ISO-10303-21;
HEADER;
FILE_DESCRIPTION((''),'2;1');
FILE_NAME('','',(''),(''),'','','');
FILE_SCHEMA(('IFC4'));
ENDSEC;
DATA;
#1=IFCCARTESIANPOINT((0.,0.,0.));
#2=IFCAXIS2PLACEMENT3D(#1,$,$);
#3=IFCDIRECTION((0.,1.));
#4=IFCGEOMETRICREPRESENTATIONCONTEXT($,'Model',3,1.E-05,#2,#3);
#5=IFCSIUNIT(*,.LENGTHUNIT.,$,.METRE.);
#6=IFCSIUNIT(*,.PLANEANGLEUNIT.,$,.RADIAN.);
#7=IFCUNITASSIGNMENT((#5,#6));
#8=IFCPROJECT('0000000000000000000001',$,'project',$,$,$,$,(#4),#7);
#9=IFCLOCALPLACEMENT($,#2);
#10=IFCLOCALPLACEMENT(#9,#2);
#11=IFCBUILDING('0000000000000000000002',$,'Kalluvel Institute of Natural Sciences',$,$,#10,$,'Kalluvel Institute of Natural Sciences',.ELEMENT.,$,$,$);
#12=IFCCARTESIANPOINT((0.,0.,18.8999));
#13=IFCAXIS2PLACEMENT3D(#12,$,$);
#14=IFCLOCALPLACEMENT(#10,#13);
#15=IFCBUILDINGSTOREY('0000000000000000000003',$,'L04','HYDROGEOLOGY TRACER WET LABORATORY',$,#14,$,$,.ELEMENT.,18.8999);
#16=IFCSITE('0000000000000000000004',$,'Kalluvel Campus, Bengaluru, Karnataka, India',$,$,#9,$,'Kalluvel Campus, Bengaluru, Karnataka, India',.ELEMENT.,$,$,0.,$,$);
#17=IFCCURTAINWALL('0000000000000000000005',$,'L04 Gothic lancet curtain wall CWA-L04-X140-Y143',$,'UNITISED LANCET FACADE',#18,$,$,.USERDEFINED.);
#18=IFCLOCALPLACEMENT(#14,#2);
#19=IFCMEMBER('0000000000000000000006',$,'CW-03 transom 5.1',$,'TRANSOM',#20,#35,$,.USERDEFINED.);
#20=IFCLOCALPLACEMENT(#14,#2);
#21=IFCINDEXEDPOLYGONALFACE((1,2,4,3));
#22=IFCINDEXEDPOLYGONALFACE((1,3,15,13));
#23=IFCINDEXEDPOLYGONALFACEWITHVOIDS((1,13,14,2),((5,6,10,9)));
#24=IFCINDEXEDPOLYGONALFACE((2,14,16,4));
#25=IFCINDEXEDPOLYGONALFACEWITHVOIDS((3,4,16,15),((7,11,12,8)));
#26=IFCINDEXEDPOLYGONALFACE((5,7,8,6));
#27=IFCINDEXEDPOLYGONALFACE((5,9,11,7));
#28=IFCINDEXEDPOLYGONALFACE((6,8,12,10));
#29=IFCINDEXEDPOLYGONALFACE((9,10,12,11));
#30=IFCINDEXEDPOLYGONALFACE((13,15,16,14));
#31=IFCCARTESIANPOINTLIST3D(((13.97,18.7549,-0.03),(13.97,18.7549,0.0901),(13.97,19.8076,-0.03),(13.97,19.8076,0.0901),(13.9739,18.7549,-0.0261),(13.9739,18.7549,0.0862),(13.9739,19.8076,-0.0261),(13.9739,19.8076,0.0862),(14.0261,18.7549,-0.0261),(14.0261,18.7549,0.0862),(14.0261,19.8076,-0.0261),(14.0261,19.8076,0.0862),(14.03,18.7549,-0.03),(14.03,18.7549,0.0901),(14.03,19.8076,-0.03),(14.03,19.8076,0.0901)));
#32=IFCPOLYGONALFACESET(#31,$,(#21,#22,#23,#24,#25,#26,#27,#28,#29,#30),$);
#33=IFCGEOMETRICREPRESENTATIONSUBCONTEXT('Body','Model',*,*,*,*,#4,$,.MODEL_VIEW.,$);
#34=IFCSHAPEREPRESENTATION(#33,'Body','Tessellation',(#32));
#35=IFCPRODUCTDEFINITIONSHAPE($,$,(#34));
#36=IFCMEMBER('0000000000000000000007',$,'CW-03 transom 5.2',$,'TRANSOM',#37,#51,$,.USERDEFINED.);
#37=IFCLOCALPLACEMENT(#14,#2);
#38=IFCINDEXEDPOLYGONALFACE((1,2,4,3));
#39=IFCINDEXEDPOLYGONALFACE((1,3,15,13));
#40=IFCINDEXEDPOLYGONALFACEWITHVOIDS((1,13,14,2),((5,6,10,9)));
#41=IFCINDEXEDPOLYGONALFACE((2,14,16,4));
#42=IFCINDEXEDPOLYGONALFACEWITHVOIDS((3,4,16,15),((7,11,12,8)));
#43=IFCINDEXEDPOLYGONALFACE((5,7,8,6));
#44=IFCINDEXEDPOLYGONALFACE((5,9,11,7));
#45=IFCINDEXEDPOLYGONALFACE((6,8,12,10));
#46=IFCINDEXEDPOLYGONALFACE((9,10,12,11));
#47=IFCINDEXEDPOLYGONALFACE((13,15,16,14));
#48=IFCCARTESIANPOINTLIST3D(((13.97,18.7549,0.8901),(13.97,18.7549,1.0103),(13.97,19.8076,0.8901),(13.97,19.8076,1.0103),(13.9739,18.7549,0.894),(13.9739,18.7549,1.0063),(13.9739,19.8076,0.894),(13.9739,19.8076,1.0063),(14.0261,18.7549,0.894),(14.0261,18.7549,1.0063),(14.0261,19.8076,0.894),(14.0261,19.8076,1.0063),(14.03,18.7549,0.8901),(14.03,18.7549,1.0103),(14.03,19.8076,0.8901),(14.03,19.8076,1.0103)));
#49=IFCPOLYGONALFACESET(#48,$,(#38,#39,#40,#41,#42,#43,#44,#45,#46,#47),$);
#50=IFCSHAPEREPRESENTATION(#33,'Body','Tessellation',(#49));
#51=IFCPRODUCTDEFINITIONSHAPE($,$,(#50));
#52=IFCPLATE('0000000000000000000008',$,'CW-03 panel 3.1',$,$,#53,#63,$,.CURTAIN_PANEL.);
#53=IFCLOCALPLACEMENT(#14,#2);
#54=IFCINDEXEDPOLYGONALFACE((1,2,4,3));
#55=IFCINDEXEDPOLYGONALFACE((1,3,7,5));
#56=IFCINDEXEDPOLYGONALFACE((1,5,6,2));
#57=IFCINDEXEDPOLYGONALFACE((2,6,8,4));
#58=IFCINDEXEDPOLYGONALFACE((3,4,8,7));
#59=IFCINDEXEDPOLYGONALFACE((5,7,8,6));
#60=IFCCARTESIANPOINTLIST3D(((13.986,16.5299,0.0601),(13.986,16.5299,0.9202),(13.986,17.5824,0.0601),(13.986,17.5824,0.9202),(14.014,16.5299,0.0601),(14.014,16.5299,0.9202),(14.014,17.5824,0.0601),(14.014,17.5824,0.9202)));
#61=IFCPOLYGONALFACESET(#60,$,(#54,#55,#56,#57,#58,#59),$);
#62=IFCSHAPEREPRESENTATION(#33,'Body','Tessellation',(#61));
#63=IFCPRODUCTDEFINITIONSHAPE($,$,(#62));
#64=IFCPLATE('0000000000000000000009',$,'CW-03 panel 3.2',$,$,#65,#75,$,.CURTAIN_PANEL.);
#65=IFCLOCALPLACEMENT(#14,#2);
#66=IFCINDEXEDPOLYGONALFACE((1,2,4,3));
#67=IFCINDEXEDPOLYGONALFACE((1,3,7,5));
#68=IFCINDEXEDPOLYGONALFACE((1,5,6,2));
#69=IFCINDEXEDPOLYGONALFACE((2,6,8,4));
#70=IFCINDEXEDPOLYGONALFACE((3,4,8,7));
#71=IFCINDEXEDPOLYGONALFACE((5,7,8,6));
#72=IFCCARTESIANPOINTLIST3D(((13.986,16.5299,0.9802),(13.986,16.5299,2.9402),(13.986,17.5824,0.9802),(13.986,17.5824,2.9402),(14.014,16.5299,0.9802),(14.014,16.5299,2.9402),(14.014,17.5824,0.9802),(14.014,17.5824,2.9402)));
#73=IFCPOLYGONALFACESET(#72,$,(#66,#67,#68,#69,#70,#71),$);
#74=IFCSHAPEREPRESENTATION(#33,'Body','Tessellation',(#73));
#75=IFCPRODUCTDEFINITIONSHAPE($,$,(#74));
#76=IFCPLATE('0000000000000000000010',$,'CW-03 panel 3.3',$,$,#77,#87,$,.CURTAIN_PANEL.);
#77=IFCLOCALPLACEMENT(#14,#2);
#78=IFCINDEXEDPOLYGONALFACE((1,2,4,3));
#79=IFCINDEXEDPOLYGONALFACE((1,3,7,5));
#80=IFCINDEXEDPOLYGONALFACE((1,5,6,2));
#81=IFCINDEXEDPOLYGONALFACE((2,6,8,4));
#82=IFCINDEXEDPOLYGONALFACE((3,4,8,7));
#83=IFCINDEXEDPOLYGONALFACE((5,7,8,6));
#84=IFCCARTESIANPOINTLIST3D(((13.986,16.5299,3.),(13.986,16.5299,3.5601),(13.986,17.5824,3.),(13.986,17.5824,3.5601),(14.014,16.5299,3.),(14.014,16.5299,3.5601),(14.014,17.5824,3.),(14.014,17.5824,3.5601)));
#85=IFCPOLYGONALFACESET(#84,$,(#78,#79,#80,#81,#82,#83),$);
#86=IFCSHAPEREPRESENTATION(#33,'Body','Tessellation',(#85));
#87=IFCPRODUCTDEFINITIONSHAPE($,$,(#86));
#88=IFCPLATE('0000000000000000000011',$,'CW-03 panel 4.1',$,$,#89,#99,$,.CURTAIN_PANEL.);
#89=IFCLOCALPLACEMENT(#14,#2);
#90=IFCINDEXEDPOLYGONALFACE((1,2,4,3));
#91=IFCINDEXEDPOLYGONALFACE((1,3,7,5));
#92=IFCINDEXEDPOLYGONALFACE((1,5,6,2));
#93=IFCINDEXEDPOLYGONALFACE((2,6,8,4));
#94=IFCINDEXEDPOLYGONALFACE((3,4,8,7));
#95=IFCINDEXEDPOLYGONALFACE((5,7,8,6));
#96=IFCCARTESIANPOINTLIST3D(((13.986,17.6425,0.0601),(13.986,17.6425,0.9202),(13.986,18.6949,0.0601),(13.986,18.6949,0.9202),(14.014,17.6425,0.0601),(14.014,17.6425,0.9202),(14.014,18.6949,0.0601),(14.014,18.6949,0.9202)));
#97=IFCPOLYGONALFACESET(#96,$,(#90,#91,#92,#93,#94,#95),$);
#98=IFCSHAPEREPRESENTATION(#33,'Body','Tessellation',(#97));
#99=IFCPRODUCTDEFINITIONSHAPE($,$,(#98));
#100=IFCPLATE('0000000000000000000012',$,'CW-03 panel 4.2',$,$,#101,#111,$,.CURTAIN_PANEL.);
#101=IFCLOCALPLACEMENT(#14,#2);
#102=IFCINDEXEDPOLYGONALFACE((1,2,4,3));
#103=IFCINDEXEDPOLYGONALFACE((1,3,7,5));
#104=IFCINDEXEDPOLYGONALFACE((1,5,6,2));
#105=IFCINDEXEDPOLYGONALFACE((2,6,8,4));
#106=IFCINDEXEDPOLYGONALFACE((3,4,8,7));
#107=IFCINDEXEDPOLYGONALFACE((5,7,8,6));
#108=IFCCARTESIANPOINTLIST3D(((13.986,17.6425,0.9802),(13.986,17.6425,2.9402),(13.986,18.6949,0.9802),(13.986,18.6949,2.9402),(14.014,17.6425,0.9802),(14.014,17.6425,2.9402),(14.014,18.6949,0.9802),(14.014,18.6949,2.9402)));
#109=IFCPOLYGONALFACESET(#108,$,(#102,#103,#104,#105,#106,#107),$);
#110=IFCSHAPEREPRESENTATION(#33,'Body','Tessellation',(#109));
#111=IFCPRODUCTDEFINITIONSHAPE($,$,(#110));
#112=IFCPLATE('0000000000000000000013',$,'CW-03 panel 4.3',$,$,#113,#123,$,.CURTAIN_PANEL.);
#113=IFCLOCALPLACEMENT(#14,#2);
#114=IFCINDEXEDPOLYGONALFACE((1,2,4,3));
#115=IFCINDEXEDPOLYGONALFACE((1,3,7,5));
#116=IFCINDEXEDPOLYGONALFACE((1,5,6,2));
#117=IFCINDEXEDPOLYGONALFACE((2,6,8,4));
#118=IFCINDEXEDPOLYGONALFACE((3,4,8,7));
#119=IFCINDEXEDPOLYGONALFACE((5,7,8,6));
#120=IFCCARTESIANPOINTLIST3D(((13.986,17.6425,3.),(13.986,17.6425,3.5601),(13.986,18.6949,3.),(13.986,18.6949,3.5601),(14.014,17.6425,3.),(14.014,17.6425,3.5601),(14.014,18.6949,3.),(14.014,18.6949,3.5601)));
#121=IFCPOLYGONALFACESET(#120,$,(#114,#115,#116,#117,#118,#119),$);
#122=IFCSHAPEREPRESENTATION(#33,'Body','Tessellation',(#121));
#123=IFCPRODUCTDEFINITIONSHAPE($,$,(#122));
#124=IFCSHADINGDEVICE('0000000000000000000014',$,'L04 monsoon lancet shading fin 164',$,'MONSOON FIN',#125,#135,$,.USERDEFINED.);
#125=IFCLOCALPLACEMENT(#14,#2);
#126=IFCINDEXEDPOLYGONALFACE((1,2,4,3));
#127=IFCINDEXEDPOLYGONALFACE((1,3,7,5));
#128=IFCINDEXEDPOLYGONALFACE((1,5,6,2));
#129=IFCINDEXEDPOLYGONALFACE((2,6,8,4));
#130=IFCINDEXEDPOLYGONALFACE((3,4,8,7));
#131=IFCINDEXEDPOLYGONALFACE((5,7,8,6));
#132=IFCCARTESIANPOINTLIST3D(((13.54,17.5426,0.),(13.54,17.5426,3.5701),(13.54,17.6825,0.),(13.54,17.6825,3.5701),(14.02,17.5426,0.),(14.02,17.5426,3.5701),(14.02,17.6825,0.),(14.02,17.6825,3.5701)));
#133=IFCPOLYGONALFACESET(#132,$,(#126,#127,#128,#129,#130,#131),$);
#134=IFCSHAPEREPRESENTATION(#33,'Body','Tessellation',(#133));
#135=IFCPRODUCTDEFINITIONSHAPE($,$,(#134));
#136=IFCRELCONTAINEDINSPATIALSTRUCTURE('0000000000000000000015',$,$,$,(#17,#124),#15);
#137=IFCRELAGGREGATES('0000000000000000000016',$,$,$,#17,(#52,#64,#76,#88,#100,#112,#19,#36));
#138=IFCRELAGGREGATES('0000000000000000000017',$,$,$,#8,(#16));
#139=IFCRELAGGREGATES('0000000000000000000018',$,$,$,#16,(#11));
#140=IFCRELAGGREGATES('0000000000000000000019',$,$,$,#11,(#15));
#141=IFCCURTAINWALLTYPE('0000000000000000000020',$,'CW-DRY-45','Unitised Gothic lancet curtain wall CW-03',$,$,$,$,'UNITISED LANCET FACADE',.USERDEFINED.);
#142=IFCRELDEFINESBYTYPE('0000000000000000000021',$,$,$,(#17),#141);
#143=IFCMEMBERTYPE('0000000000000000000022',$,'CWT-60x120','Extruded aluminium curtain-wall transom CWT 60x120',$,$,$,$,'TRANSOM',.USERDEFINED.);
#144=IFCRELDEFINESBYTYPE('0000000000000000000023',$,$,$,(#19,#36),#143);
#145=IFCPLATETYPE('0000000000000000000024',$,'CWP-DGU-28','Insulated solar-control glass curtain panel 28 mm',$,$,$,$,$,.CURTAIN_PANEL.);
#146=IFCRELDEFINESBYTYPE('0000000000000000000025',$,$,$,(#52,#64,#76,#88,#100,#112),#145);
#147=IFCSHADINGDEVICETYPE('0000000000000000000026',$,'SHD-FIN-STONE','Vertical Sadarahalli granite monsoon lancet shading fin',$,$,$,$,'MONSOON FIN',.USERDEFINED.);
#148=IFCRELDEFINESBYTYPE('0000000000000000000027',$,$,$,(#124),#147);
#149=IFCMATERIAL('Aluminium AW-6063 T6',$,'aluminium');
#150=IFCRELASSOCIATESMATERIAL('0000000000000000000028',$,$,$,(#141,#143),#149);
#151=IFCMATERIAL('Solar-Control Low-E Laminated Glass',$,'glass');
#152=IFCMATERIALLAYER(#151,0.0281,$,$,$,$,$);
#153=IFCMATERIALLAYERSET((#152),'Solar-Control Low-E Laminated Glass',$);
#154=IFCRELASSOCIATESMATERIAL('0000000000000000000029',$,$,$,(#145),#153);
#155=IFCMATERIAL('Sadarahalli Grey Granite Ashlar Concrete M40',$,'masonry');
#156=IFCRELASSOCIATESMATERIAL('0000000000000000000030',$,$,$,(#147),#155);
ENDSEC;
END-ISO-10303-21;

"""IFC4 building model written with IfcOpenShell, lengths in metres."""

from ifc_helpers import new_model, si_unit, direction, frame, origin, origin_2d, place, context, subcontext, project, spatial, rectangle, hollow_rectangle, extrude, material, layer, layer_set, material_profile, profile_set, type_object, element, aggregate, save


model = new_model("IFC4")

# Units and contexts
model_context = context("Model", 3, precision=1e-05, world=origin(), true_north=direction((0.0, 1.0)))
body_context = subcontext(model_context, "Body", "Model", "MODEL_VIEW")
ifc_project = project(units=[si_unit("LENGTHUNIT", "METRE"), si_unit("PLANEANGLEUNIT", "RADIAN")], contexts=[model_context])

# Site, building, storey
site_placement = place(None, origin())
site = spatial("IfcSite", under=ifc_project, at=site_placement, Name="Kalluvel Campus, Bengaluru, Karnataka, India", LongName="Kalluvel Campus, Bengaluru, Karnataka, India", CompositionType="ELEMENT", RefElevation=0.0)
building_placement = place(site_placement, origin())
building = spatial("IfcBuilding", under=site, at=building_placement, Name="Kalluvel Institute of Natural Sciences", LongName="Kalluvel Institute of Natural Sciences", CompositionType="ELEMENT")
storey_placement = place(building_placement, frame((0.0, 0.0, 18.8999)))
storey = spatial("IfcBuildingStorey", under=building, at=storey_placement, Name="L04", Description="HYDROGEOLOGY TRACER WET LABORATORY", CompositionType="ELEMENT", Elevation=18.8999)

# Curtain wall, members, plates
ifc_material_1 = material(Name="Aluminium AW-6063 T6", Category="aluminium")
curtain_wall_type = type_object("IfcCurtainWallType", Name="CW-DRY-45", Description="Unitised Gothic lancet curtain wall CW-03", ElementType="UNITISED LANCET FACADE", PredefinedType="USERDEFINED", material=ifc_material_1)
curtain_wall_placement = place(storey_placement, origin())
curtain_wall = element("IfcCurtainWall", 1, at=curtain_wall_placement, inside=storey, type_object=curtain_wall_type, Name="L04 Gothic lancet curtain wall CWA-L04-X140-Y143", ObjectType="UNITISED LANCET FACADE", PredefinedType="USERDEFINED")
ifc_material_profile_1 = material_profile(ifc_material_1, hollow_rectangle(XDim=0.0601, YDim=0.1201, WallThickness=0.0039, at=origin_2d()), Name="CWT 60x120")
ifc_profile_set_1 = profile_set([ifc_material_profile_1], Name="Aluminium AW-6063 T6")
member_type_1 = type_object("IfcMemberType", Name="CWT-60x120", Description="Extruded aluminium curtain-wall transom CWT 60x120", ElementType="TRANSOM", PredefinedType="USERDEFINED", material=ifc_profile_set_1)
member_1_placement = place(storey_placement, frame((14.0, 18.7549, 0.03), z_axis=(0.0, 1.0, 0.0), x_axis=(-1.0, 0.0, 0.0)))
member_1 = element("IfcMember", 2, at=member_1_placement, type_object=member_type_1, Name="CW-03 transom 5.1", ObjectType="TRANSOM", PredefinedType="USERDEFINED", context=body_context, shape_type="SweptSolid", body=[
    extrude(hollow_rectangle(XDim=0.0601, YDim=0.1201, WallThickness=0.0039, at=origin_2d()), origin(), (0.0, 0.0, 1.0), 1.0527),
])
member_2_placement = place(storey_placement, frame((14.0, 18.7549, 0.9502), z_axis=(0.0, 1.0, 0.0), x_axis=(-1.0, 0.0, 0.0)))
member_2 = element("IfcMember", 3, at=member_2_placement, type_object=member_type_1, Name="CW-03 transom 5.2", ObjectType="TRANSOM", PredefinedType="USERDEFINED", context=body_context, shape_type="SweptSolid", body=[
    extrude(hollow_rectangle(XDim=0.0601, YDim=0.1201, WallThickness=0.0039, at=origin_2d()), origin(), (0.0, 0.0, 1.0), 1.0527),
])
ifc_material_2 = material(Name="Solar-Control Low-E Laminated Glass", Category="glass")
ifc_layer = layer(ifc_material_2, 0.0281)
ifc_layer_set = layer_set([ifc_layer], Name="Solar-Control Low-E Laminated Glass")
plate_type = type_object("IfcPlateType", Name="CWP-DGU-28", Description="Insulated solar-control glass curtain panel 28 mm", PredefinedType="CURTAIN_PANEL", material=ifc_layer_set)
plate_1_placement = place(storey_placement, frame((14.0, 17.0562, 0.0601), z_axis=(0.0, 0.0, 1.0), x_axis=(0.0, 1.0, 0.0)))
plate_1 = element("IfcPlate", 4, at=plate_1_placement, type_object=plate_type, Name="CW-03 panel 3.1", PredefinedType="CURTAIN_PANEL", context=body_context, shape_type="SweptSolid", body=[
    extrude(rectangle(XDim=1.0525, YDim=0.0281, at=origin_2d()), origin(), (0.0, 0.0, 1.0), 0.8601),
])
plate_2_placement = place(storey_placement, frame((14.0, 17.0562, 0.9802), z_axis=(0.0, 0.0, 1.0), x_axis=(0.0, 1.0, 0.0)))
plate_2 = element("IfcPlate", 5, at=plate_2_placement, type_object=plate_type, Name="CW-03 panel 3.2", PredefinedType="CURTAIN_PANEL", context=body_context, shape_type="SweptSolid", body=[
    extrude(rectangle(XDim=1.0525, YDim=0.0281, at=origin_2d()), origin(), (0.0, 0.0, 1.0), 1.96),
])
plate_3_placement = place(storey_placement, frame((14.0, 17.0562, 3.0), z_axis=(0.0, 0.0, 1.0), x_axis=(0.0, 1.0, 0.0)))
plate_3 = element("IfcPlate", 6, at=plate_3_placement, type_object=plate_type, Name="CW-03 panel 3.3", PredefinedType="CURTAIN_PANEL", context=body_context, shape_type="SweptSolid", body=[
    extrude(rectangle(XDim=1.0525, YDim=0.0281, at=origin_2d()), origin(), (0.0, 0.0, 1.0), 0.5601),
])
plate_4_placement = place(storey_placement, frame((14.0, 18.1687, 0.0601), z_axis=(0.0, 0.0, 1.0), x_axis=(0.0, 1.0, 0.0)))
plate_4 = element("IfcPlate", 7, at=plate_4_placement, type_object=plate_type, Name="CW-03 panel 4.1", PredefinedType="CURTAIN_PANEL", context=body_context, shape_type="SweptSolid", body=[
    extrude(rectangle(XDim=1.0525, YDim=0.0281, at=origin_2d()), origin(), (0.0, 0.0, 1.0), 0.8601),
])
plate_5_placement = place(storey_placement, frame((14.0, 18.1687, 0.9802), z_axis=(0.0, 0.0, 1.0), x_axis=(0.0, 1.0, 0.0)))
plate_5 = element("IfcPlate", 8, at=plate_5_placement, type_object=plate_type, Name="CW-03 panel 4.2", PredefinedType="CURTAIN_PANEL", context=body_context, shape_type="SweptSolid", body=[
    extrude(rectangle(XDim=1.0525, YDim=0.0281, at=origin_2d()), origin(), (0.0, 0.0, 1.0), 1.96),
])
plate_6_placement = place(storey_placement, frame((14.0, 18.1687, 3.0), z_axis=(0.0, 0.0, 1.0), x_axis=(0.0, 1.0, 0.0)))
plate_6 = element("IfcPlate", 9, at=plate_6_placement, type_object=plate_type, Name="CW-03 panel 4.3", PredefinedType="CURTAIN_PANEL", context=body_context, shape_type="SweptSolid", body=[
    extrude(rectangle(XDim=1.0525, YDim=0.0281, at=origin_2d()), origin(), (0.0, 0.0, 1.0), 0.5601),
])
aggregate(curtain_wall, [plate_1, plate_2, plate_3, plate_4, plate_5, plate_6, member_1, member_2])

# Shading device
ifc_material_3 = material(Name="Sadarahalli Grey Granite Ashlar Concrete M40", Category="masonry")
shading_device_type = type_object("IfcShadingDeviceType", Name="SHD-FIN-STONE", Description="Vertical Sadarahalli granite monsoon lancet shading fin", ElementType="MONSOON FIN", PredefinedType="USERDEFINED", material=ifc_material_3)
shading_device_placement = place(storey_placement, frame((13.78, 17.6125, 0.0), z_axis=(0.0, 0.0, 1.0), x_axis=(0.0, 1.0, 0.0)))
element("IfcShadingDevice", 10, at=shading_device_placement, inside=storey, type_object=shading_device_type, Name="L04 monsoon lancet shading fin 164", ObjectType="MONSOON FIN", PredefinedType="USERDEFINED", context=body_context, shape_type="SweptSolid", body=[
    extrude(rectangle(XDim=0.1399, YDim=0.48, at=origin_2d()), origin(), (0.0, 0.0, 1.0), 3.5701),
])

save(model, "model.ifc")
